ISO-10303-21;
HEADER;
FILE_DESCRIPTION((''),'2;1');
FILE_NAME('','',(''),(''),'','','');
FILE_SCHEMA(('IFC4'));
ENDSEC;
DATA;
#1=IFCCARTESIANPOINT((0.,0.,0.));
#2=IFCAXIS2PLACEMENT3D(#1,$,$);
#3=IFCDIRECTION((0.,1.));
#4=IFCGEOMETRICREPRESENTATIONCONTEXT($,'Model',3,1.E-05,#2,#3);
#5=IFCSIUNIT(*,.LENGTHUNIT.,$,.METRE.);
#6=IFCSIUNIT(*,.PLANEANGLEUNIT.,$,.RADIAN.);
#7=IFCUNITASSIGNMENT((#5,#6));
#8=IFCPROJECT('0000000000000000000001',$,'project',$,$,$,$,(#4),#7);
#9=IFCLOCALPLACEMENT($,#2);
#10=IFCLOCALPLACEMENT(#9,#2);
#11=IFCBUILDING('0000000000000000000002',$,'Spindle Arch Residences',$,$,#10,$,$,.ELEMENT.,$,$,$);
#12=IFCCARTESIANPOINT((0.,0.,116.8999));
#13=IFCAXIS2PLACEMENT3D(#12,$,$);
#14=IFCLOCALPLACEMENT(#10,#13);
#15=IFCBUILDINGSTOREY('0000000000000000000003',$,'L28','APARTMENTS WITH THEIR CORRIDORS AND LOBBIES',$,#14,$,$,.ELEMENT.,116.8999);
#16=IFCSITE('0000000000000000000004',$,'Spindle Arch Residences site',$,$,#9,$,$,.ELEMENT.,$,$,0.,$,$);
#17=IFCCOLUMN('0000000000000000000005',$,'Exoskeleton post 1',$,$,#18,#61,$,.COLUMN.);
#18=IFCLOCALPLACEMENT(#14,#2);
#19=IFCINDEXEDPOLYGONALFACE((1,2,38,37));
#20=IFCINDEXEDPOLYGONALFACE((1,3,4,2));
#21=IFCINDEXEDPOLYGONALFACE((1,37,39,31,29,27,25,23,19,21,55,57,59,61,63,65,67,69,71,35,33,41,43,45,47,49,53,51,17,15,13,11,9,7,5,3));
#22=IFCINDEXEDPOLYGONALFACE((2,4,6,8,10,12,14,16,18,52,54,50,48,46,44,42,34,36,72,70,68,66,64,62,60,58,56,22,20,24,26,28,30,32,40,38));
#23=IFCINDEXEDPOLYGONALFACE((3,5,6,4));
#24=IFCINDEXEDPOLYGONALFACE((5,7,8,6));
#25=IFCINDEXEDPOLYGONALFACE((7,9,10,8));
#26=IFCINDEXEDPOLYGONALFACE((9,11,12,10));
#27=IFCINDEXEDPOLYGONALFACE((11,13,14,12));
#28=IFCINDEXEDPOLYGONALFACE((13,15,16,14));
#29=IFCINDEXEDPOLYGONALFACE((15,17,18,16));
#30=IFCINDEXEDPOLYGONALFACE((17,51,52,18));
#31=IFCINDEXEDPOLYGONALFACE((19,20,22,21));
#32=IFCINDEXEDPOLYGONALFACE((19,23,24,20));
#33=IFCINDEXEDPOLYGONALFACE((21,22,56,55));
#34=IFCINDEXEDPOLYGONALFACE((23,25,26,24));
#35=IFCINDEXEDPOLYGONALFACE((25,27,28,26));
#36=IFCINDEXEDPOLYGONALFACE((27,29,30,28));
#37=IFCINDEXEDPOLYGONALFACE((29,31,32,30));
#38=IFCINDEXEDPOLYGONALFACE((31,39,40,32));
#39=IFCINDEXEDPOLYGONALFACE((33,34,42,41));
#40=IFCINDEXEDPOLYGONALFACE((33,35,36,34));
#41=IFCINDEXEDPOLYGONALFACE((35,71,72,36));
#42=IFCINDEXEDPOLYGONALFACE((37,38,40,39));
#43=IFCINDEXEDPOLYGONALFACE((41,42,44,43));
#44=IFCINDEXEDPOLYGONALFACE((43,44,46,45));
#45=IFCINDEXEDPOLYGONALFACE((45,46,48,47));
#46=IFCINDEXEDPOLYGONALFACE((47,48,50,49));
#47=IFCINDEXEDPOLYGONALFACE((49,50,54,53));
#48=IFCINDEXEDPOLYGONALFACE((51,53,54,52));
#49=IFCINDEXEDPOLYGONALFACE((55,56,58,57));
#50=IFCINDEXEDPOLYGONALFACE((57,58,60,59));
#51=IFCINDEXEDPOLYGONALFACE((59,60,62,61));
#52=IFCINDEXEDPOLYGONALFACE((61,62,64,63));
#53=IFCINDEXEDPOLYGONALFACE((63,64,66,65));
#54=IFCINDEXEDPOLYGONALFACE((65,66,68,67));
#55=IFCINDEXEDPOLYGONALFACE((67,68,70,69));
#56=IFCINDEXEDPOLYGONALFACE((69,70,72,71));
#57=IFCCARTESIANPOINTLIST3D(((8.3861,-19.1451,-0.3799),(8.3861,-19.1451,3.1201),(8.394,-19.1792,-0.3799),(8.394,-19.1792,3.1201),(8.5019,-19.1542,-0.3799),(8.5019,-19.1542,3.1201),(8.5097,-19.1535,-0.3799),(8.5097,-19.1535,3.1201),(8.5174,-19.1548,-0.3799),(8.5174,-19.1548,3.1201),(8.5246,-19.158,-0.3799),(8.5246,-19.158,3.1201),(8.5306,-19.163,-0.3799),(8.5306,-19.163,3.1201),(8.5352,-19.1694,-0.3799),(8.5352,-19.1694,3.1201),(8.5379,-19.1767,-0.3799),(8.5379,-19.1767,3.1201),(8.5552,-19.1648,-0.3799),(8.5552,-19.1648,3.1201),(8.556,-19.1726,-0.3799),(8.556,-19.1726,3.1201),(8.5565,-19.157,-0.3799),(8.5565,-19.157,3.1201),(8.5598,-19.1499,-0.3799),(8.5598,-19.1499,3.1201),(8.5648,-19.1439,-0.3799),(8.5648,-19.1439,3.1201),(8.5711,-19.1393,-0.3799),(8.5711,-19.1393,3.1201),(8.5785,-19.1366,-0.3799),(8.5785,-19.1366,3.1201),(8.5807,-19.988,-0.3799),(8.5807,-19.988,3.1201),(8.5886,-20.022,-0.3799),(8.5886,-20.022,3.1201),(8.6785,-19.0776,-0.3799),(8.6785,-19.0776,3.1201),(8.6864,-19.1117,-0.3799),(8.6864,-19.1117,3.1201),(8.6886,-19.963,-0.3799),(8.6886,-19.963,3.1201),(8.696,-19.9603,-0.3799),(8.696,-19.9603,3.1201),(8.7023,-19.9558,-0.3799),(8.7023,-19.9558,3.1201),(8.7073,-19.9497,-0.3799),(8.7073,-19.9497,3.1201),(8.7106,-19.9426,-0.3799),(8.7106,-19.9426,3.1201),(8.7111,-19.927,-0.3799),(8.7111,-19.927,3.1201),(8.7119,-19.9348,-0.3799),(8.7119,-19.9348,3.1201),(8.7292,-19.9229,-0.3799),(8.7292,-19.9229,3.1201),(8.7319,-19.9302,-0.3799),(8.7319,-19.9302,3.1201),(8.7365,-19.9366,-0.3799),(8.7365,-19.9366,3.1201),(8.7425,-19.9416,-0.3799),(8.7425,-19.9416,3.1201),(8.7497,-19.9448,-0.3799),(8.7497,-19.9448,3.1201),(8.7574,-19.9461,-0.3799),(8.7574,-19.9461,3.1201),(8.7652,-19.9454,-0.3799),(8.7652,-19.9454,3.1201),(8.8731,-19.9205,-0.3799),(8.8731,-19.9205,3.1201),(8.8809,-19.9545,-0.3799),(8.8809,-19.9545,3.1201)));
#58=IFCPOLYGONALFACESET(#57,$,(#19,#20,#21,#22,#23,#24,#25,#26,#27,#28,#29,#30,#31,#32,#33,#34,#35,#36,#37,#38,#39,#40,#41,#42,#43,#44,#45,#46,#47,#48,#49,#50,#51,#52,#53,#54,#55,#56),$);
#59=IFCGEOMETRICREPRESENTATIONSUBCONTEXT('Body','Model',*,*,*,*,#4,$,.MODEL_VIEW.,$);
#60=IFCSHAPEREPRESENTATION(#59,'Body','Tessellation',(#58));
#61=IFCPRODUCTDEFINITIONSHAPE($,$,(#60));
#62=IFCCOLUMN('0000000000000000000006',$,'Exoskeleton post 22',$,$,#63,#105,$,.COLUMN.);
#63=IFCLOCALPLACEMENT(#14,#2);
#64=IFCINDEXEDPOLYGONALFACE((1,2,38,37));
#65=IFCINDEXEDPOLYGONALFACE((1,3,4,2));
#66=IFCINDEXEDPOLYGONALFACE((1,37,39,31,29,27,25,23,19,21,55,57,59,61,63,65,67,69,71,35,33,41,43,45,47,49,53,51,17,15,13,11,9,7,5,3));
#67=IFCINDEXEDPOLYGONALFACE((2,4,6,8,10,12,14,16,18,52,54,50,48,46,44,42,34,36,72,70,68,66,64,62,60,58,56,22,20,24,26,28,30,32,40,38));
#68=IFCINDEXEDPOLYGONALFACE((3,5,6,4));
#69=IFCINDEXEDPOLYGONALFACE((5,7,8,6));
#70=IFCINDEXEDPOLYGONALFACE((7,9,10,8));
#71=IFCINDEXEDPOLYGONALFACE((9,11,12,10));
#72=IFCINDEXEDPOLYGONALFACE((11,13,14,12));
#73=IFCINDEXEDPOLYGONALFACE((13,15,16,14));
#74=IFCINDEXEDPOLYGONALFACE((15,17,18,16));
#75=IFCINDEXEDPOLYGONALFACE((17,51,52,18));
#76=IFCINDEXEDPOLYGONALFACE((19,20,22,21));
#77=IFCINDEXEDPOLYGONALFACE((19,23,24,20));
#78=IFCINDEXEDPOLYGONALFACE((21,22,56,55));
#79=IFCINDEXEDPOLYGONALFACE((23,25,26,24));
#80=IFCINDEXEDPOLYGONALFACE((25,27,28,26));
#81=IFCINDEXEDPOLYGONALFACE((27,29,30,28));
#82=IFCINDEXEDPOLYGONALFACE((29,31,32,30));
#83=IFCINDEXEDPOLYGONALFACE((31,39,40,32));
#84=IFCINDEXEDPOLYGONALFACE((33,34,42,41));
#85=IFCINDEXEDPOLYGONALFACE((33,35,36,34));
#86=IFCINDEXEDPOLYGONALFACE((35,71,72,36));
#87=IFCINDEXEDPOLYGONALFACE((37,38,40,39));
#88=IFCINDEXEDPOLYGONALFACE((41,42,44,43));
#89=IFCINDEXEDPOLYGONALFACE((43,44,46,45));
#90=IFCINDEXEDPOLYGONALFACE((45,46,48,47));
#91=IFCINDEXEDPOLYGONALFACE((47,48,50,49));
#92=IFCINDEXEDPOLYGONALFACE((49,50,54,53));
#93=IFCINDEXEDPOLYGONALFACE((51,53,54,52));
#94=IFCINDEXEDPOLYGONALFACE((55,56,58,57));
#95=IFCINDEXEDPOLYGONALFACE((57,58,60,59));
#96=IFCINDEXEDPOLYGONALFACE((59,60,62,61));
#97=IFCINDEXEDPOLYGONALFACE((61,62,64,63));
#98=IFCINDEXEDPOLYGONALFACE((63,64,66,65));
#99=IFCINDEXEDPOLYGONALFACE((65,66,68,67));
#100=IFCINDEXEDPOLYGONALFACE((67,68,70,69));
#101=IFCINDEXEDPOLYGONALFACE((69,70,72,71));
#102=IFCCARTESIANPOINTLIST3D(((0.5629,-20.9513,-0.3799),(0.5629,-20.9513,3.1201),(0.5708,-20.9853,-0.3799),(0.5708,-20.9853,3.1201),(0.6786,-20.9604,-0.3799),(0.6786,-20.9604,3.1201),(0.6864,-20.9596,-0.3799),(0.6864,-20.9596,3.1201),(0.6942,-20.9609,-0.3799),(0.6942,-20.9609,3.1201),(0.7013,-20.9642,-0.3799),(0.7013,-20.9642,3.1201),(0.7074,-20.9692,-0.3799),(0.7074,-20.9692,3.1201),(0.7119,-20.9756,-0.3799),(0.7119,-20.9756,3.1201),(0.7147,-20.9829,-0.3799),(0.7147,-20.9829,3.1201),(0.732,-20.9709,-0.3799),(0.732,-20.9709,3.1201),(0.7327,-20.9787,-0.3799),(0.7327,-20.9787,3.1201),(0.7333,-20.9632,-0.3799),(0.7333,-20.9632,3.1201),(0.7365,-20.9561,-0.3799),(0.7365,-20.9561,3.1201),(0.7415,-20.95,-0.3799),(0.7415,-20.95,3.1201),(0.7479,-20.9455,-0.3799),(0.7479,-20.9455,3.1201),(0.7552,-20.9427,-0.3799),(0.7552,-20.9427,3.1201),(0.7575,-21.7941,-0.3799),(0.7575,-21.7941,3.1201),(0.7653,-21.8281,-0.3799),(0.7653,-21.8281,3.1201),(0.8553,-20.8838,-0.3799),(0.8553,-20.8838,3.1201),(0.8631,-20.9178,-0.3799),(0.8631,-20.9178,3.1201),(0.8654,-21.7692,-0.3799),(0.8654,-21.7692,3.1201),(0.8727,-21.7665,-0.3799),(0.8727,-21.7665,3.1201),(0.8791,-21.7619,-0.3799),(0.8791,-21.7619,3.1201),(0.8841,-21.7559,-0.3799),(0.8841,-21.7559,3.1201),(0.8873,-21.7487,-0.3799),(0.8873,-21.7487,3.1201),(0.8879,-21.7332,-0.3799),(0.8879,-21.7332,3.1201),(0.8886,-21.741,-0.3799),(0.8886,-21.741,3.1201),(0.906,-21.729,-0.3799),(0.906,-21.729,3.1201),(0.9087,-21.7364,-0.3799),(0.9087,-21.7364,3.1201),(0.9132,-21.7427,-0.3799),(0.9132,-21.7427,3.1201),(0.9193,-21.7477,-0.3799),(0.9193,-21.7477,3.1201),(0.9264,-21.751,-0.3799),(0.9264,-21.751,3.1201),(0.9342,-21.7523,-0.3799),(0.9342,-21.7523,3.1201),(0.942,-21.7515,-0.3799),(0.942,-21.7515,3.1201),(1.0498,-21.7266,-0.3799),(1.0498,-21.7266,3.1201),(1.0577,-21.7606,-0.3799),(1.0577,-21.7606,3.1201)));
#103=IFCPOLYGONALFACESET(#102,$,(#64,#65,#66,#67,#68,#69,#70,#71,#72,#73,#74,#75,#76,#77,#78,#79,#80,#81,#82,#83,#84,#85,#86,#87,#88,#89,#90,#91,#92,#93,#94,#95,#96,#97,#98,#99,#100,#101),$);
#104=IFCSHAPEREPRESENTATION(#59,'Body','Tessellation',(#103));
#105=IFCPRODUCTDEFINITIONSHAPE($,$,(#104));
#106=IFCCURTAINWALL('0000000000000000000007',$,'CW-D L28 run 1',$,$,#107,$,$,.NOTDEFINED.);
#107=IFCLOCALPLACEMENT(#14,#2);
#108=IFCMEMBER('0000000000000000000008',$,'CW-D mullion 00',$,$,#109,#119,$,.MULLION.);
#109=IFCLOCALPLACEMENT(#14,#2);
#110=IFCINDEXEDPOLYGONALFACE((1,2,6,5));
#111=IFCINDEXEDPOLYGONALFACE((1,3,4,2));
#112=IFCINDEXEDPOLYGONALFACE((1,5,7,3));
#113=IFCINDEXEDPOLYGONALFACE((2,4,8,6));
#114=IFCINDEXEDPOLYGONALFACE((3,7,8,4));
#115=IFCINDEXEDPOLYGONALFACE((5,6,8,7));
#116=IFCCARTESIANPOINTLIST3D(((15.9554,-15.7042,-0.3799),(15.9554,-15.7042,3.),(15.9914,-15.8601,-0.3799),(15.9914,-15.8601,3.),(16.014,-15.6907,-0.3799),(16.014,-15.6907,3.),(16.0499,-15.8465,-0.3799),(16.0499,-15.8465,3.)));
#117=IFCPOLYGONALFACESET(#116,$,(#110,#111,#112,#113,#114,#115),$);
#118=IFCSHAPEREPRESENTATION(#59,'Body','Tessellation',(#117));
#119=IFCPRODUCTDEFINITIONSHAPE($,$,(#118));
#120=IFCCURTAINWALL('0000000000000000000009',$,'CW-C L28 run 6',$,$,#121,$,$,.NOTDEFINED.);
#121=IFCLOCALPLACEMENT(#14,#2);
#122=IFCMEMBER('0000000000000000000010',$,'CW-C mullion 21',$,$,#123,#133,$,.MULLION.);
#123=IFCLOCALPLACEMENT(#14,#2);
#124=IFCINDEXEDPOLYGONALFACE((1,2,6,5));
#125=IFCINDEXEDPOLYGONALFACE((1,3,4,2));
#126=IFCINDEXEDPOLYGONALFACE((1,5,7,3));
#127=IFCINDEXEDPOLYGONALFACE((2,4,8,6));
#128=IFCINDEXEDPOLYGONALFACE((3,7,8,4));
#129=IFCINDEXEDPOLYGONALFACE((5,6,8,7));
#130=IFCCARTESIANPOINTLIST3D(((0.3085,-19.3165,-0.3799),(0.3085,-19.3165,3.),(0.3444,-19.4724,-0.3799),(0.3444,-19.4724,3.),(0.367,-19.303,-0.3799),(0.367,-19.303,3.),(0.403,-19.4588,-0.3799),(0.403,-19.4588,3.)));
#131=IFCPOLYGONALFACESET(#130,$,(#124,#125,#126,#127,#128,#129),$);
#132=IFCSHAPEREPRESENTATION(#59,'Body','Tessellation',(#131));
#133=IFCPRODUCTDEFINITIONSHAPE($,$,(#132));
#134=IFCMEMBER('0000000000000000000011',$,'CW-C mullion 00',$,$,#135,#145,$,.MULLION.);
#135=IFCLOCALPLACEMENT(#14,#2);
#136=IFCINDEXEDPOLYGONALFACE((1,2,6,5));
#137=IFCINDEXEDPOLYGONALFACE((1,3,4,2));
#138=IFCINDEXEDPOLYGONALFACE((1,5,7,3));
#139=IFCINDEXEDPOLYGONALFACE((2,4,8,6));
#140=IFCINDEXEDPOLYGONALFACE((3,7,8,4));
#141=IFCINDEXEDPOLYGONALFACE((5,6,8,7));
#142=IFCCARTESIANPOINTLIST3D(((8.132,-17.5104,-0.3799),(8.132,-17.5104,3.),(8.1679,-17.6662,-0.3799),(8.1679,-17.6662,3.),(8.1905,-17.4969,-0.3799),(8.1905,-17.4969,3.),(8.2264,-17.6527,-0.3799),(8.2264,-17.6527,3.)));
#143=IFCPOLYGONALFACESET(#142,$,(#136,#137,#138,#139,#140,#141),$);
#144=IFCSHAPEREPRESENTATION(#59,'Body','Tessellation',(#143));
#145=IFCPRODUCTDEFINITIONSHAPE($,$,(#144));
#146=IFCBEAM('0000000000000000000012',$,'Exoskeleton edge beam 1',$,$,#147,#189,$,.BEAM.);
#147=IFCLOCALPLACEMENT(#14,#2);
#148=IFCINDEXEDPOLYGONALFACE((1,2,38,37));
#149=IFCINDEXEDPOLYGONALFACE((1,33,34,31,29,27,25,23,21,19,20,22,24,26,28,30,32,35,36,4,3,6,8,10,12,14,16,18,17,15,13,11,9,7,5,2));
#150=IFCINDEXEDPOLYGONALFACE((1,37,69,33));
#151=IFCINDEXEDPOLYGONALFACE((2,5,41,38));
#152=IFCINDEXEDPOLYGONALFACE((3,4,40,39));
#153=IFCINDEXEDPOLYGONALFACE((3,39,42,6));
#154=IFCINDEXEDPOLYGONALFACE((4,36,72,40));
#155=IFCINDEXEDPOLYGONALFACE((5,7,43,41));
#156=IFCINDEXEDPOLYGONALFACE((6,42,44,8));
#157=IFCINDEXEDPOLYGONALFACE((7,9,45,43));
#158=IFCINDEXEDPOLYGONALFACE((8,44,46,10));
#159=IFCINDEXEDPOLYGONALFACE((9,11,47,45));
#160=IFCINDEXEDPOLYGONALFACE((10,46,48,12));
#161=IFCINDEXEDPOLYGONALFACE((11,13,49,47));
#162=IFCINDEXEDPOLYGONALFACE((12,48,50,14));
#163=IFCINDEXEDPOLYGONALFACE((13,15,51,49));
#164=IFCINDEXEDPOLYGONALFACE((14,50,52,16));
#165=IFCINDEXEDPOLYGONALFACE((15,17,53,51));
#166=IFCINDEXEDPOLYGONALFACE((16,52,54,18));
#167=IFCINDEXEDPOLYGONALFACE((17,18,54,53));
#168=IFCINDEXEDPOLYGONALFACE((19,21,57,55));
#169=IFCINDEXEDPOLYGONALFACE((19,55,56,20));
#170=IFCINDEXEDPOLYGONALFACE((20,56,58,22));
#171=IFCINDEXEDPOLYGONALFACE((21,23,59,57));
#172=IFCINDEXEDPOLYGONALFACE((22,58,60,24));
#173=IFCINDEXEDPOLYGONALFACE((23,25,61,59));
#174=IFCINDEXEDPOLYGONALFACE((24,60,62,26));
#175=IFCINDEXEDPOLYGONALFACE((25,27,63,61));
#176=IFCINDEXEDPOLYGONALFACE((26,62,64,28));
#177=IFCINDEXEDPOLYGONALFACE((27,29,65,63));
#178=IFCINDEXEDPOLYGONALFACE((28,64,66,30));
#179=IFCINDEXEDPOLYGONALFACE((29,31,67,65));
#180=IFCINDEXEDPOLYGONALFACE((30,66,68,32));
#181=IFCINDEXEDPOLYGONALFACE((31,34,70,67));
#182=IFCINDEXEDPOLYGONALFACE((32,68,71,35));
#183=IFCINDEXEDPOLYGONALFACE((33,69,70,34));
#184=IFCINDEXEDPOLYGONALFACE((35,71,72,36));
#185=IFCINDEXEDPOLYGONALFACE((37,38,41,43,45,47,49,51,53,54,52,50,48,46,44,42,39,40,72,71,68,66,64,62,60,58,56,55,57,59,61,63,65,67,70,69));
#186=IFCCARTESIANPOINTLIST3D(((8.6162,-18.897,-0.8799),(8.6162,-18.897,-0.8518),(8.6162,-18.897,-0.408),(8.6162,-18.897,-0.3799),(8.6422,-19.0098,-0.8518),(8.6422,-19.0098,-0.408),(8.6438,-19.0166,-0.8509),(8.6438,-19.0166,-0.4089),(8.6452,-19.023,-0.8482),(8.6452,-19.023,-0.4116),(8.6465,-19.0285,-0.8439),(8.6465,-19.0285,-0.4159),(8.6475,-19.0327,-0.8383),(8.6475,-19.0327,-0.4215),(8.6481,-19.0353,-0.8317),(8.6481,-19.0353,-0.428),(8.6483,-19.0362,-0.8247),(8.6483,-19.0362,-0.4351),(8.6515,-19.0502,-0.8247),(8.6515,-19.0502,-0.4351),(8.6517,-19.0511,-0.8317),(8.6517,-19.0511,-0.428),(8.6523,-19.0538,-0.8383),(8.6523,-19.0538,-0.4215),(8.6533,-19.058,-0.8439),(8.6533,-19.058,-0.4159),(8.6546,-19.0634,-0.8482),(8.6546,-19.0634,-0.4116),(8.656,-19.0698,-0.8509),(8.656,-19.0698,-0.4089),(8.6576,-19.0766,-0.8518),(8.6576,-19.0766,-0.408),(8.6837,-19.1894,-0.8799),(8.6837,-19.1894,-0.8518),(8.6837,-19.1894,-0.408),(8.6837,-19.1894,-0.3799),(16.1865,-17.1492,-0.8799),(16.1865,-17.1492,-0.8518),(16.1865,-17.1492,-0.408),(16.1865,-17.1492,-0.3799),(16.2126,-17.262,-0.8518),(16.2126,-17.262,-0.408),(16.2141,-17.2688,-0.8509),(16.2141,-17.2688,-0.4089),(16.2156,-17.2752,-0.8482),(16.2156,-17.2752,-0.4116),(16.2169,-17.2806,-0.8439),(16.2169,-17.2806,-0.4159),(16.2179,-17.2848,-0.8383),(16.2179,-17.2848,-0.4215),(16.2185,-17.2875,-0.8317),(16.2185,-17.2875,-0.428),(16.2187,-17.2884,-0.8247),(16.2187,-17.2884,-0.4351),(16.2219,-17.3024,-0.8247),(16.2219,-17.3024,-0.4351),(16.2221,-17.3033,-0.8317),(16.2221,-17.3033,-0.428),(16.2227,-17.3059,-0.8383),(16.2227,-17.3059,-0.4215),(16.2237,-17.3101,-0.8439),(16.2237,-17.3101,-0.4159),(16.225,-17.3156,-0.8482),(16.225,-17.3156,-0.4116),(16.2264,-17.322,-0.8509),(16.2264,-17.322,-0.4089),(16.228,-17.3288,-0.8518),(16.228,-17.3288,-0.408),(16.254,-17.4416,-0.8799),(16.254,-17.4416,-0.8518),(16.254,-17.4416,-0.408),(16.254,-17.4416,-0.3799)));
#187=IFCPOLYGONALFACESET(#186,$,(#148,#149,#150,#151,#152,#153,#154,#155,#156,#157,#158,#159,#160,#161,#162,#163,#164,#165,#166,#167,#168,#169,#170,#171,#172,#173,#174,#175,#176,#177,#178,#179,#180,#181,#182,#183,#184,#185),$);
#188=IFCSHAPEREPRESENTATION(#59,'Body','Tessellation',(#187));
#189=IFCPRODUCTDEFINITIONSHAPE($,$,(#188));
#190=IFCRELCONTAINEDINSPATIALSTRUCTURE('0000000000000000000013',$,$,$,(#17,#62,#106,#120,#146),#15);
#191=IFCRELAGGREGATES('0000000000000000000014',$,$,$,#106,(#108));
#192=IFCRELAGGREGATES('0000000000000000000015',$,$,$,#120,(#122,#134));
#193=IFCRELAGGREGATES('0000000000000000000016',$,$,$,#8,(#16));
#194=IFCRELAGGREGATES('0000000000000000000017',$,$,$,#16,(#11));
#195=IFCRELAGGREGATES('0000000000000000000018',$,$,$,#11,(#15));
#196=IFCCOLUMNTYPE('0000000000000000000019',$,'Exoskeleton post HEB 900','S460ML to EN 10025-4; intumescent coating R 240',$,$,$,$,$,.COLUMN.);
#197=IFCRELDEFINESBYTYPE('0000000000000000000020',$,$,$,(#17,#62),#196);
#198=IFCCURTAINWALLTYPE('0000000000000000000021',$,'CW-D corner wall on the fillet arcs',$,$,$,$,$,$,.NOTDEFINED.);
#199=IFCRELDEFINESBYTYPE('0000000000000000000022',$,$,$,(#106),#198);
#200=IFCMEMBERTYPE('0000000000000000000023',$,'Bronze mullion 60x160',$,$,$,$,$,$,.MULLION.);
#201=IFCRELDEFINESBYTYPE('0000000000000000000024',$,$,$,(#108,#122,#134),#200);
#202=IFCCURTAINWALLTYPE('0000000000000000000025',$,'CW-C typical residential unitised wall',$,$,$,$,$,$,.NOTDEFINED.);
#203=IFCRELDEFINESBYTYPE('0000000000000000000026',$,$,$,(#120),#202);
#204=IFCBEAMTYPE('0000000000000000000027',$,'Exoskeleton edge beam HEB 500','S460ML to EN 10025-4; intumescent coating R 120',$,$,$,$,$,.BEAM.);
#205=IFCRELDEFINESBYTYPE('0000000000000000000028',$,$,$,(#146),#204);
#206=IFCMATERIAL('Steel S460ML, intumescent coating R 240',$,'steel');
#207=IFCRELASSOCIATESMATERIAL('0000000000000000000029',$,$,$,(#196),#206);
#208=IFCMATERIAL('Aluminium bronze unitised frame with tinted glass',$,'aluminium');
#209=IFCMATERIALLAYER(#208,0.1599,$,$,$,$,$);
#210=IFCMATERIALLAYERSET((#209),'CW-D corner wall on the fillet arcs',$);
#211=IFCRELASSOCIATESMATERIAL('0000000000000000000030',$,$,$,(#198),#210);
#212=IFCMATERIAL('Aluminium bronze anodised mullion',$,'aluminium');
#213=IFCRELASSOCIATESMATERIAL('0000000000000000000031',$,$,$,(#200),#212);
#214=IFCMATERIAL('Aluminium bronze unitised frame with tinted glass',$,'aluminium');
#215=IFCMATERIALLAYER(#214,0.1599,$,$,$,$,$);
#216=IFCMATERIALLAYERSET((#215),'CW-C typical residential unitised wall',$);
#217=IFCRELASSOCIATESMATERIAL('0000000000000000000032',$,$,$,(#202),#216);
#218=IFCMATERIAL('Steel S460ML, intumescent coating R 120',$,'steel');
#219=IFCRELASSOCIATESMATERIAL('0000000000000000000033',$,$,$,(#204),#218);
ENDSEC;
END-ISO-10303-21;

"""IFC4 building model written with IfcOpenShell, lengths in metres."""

from ifc_helpers import new_model, si_unit, direction, frame, origin, origin_2d, place, context, subcontext, project, spatial, rectangle, i_section, extrude, material, layer, layer_set, material_profile, profile_set, type_object, element, aggregate, save


model = new_model("IFC4")

# Units and contexts
model_context = context("Model", 3, precision=1e-05, world=origin(), true_north=direction((0.0, 1.0)))
body_context = subcontext(model_context, "Body", "Model", "MODEL_VIEW")
ifc_project = project(units=[si_unit("LENGTHUNIT", "METRE"), si_unit("PLANEANGLEUNIT", "RADIAN")], contexts=[model_context])

# Site, building, storey
site_placement = place(None, origin())
site = spatial("IfcSite", under=ifc_project, at=site_placement, Name="Spindle Arch Residences site", CompositionType="ELEMENT", RefElevation=0.0)
building_placement = place(site_placement, origin())
building = spatial("IfcBuilding", under=site, at=building_placement, Name="Spindle Arch Residences", CompositionType="ELEMENT")
storey_placement = place(building_placement, frame((0.0, 0.0, 116.8999)))
storey = spatial("IfcBuildingStorey", under=building, at=storey_placement, Name="L28", Description="APARTMENTS WITH THEIR CORRIDORS AND LOBBIES", CompositionType="ELEMENT", Elevation=116.8999)

# Columns
ifc_material_1 = material(Name="Steel S460ML, intumescent coating R 240", Category="steel")
ifc_material_profile_1 = material_profile(ifc_material_1, i_section(OverallWidth=0.3, OverallDepth=0.8999, WebThickness=0.0186, FlangeThickness=0.0349, FilletRadius=0.03, at=origin_2d()), Name="HEB 900")
ifc_profile_set_1 = profile_set([ifc_material_profile_1], Name="Steel S460ML, intumescent coating R 240")
column_type = type_object("IfcColumnType", Name="Exoskeleton post HEB 900", Description="S460ML to EN 10025-4; intumescent coating R 240", PredefinedType="COLUMN", material=ifc_profile_set_1)
for number, where, z_axis, x_axis, name in (
    (1, (8.6335, -19.5498, -0.3799), (0.0, 0.0, 1.0), (-0.97437, -0.224951, 0.0), "Exoskeleton post 1"),
    (2, (0.8103, -21.356, -0.3799), (0.0, 0.0, 1.0), (-0.97437, -0.224951, 0.0), "Exoskeleton post 22"),
):
    element("IfcColumn", number, at=place(storey_placement, frame(where, z_axis=z_axis, x_axis=x_axis)), inside=storey, type_object=column_type, Name=name, PredefinedType="COLUMN", context=body_context, shape_type="SweptSolid", body=[
        extrude(i_section(OverallWidth=0.3, OverallDepth=0.8999, WebThickness=0.0186, FlangeThickness=0.0349, FilletRadius=0.03, at=origin_2d()), origin(), (0.0, 0.0, 1.0), 3.5),
    ])

# Curtain wall, member
ifc_material_2 = material(Name="Aluminium bronze unitised frame with tinted glass", Category="aluminium")
ifc_layer_1 = layer(ifc_material_2, 0.1599)
ifc_layer_set_1 = layer_set([ifc_layer_1], Name="CW-D corner wall on the fillet arcs")
curtain_wall_type_1 = type_object("IfcCurtainWallType", Name="CW-D corner wall on the fillet arcs", PredefinedType="NOTDEFINED", material=ifc_layer_set_1)
curtain_wall_1_placement = place(storey_placement, origin())
curtain_wall_1 = element("IfcCurtainWall", 3, at=curtain_wall_1_placement, inside=storey, type_object=curtain_wall_type_1, Name="CW-D L28 run 1", PredefinedType="NOTDEFINED")
ifc_material_3 = material(Name="Aluminium bronze anodised mullion", Category="aluminium")
ifc_material_profile_2 = material_profile(ifc_material_3, rectangle(XDim=0.1599, YDim=0.0601, at=origin_2d()), Name="MU 60x160")
ifc_profile_set_2 = profile_set([ifc_material_profile_2], Name="Aluminium bronze anodised mullion")
member_type = type_object("IfcMemberType", Name="Bronze mullion 60x160", PredefinedType="MULLION", material=ifc_profile_set_2)
member_1_placement = place(storey_placement, frame((16.0027, -15.7754, -0.3799), z_axis=(0.0, 0.0, 1.0), x_axis=(-0.224951, 0.97437, 0.0)))
member_1 = element("IfcMember", 4, at=member_1_placement, type_object=member_type, Name="CW-D mullion 00", PredefinedType="MULLION", context=body_context, shape_type="SweptSolid", body=[
    extrude(rectangle(XDim=0.1599, YDim=0.0601, at=origin_2d()), origin(), (0.0, 0.0, 1.0), 3.3799),
])
aggregate(curtain_wall_1, [member_1])

# Curtain wall, members
ifc_material_4 = material(Name="Aluminium bronze unitised frame with tinted glass", Category="aluminium")
ifc_layer_2 = layer(ifc_material_4, 0.1599)
ifc_layer_set_2 = layer_set([ifc_layer_2], Name="CW-C typical residential unitised wall")
curtain_wall_type_2 = type_object("IfcCurtainWallType", Name="CW-C typical residential unitised wall", PredefinedType="NOTDEFINED", material=ifc_layer_set_2)
curtain_wall_2_placement = place(storey_placement, origin())
curtain_wall_2 = element("IfcCurtainWall", 5, at=curtain_wall_2_placement, inside=storey, type_object=curtain_wall_type_2, Name="CW-C L28 run 6", PredefinedType="NOTDEFINED")
member_2_placement = place(storey_placement, frame((0.3557, -19.3877, -0.3799), z_axis=(0.0, 0.0, 1.0), x_axis=(-0.224951, 0.97437, 0.0)))
member_2 = element("IfcMember", 6, at=member_2_placement, type_object=member_type, Name="CW-C mullion 21", PredefinedType="MULLION", context=body_context, shape_type="SweptSolid", body=[
    extrude(rectangle(XDim=0.1599, YDim=0.0601, at=origin_2d()), origin(), (0.0, 0.0, 1.0), 3.3799),
])
member_3_placement = place(storey_placement, frame((8.1792, -17.5815, -0.3799), z_axis=(0.0, 0.0, 1.0), x_axis=(-0.224951, 0.97437, 0.0)))
member_3 = element("IfcMember", 7, at=member_3_placement, type_object=member_type, Name="CW-C mullion 00", PredefinedType="MULLION", context=body_context, shape_type="SweptSolid", body=[
    extrude(rectangle(XDim=0.1599, YDim=0.0601, at=origin_2d()), origin(), (0.0, 0.0, 1.0), 3.3799),
])

# Beam
ifc_material_5 = material(Name="Steel S460ML, intumescent coating R 120", Category="steel")
ifc_material_profile_3 = material_profile(ifc_material_5, i_section(OverallWidth=0.3, OverallDepth=0.5, WebThickness=0.0144, FlangeThickness=0.0281, FilletRadius=0.0271, at=origin_2d()), Name="HEB 500")
ifc_profile_set_3 = profile_set([ifc_material_profile_3], Name="Steel S460ML, intumescent coating R 120")
beam_type_1 = type_object("IfcBeamType", Name="Exoskeleton edge beam HEB 500", Description="S460ML to EN 10025-4; intumescent coating R 120", PredefinedType="BEAM", material=ifc_profile_set_3)
beam_1_placement = place(storey_placement, frame((8.6499, -19.0432, -0.6299), z_axis=(0.974368, 0.224958, 0.0), x_axis=(-0.224958, 0.974368, 0.0)))
element("IfcBeam", 8, at=beam_1_placement, inside=storey, type_object=beam_type_1, Name="Exoskeleton edge beam 1", PredefinedType="BEAM", context=body_context, shape_type="SweptSolid", body=[
    extrude(i_section(OverallWidth=0.3, OverallDepth=0.5, WebThickness=0.0144, FlangeThickness=0.0281, FilletRadius=0.0271, at=origin_2d()), origin(), (0.0, 0.0, 1.0), 7.7695),
])

aggregate(curtain_wall_2, [member_2, member_3])

save(model, "model.ifc")
